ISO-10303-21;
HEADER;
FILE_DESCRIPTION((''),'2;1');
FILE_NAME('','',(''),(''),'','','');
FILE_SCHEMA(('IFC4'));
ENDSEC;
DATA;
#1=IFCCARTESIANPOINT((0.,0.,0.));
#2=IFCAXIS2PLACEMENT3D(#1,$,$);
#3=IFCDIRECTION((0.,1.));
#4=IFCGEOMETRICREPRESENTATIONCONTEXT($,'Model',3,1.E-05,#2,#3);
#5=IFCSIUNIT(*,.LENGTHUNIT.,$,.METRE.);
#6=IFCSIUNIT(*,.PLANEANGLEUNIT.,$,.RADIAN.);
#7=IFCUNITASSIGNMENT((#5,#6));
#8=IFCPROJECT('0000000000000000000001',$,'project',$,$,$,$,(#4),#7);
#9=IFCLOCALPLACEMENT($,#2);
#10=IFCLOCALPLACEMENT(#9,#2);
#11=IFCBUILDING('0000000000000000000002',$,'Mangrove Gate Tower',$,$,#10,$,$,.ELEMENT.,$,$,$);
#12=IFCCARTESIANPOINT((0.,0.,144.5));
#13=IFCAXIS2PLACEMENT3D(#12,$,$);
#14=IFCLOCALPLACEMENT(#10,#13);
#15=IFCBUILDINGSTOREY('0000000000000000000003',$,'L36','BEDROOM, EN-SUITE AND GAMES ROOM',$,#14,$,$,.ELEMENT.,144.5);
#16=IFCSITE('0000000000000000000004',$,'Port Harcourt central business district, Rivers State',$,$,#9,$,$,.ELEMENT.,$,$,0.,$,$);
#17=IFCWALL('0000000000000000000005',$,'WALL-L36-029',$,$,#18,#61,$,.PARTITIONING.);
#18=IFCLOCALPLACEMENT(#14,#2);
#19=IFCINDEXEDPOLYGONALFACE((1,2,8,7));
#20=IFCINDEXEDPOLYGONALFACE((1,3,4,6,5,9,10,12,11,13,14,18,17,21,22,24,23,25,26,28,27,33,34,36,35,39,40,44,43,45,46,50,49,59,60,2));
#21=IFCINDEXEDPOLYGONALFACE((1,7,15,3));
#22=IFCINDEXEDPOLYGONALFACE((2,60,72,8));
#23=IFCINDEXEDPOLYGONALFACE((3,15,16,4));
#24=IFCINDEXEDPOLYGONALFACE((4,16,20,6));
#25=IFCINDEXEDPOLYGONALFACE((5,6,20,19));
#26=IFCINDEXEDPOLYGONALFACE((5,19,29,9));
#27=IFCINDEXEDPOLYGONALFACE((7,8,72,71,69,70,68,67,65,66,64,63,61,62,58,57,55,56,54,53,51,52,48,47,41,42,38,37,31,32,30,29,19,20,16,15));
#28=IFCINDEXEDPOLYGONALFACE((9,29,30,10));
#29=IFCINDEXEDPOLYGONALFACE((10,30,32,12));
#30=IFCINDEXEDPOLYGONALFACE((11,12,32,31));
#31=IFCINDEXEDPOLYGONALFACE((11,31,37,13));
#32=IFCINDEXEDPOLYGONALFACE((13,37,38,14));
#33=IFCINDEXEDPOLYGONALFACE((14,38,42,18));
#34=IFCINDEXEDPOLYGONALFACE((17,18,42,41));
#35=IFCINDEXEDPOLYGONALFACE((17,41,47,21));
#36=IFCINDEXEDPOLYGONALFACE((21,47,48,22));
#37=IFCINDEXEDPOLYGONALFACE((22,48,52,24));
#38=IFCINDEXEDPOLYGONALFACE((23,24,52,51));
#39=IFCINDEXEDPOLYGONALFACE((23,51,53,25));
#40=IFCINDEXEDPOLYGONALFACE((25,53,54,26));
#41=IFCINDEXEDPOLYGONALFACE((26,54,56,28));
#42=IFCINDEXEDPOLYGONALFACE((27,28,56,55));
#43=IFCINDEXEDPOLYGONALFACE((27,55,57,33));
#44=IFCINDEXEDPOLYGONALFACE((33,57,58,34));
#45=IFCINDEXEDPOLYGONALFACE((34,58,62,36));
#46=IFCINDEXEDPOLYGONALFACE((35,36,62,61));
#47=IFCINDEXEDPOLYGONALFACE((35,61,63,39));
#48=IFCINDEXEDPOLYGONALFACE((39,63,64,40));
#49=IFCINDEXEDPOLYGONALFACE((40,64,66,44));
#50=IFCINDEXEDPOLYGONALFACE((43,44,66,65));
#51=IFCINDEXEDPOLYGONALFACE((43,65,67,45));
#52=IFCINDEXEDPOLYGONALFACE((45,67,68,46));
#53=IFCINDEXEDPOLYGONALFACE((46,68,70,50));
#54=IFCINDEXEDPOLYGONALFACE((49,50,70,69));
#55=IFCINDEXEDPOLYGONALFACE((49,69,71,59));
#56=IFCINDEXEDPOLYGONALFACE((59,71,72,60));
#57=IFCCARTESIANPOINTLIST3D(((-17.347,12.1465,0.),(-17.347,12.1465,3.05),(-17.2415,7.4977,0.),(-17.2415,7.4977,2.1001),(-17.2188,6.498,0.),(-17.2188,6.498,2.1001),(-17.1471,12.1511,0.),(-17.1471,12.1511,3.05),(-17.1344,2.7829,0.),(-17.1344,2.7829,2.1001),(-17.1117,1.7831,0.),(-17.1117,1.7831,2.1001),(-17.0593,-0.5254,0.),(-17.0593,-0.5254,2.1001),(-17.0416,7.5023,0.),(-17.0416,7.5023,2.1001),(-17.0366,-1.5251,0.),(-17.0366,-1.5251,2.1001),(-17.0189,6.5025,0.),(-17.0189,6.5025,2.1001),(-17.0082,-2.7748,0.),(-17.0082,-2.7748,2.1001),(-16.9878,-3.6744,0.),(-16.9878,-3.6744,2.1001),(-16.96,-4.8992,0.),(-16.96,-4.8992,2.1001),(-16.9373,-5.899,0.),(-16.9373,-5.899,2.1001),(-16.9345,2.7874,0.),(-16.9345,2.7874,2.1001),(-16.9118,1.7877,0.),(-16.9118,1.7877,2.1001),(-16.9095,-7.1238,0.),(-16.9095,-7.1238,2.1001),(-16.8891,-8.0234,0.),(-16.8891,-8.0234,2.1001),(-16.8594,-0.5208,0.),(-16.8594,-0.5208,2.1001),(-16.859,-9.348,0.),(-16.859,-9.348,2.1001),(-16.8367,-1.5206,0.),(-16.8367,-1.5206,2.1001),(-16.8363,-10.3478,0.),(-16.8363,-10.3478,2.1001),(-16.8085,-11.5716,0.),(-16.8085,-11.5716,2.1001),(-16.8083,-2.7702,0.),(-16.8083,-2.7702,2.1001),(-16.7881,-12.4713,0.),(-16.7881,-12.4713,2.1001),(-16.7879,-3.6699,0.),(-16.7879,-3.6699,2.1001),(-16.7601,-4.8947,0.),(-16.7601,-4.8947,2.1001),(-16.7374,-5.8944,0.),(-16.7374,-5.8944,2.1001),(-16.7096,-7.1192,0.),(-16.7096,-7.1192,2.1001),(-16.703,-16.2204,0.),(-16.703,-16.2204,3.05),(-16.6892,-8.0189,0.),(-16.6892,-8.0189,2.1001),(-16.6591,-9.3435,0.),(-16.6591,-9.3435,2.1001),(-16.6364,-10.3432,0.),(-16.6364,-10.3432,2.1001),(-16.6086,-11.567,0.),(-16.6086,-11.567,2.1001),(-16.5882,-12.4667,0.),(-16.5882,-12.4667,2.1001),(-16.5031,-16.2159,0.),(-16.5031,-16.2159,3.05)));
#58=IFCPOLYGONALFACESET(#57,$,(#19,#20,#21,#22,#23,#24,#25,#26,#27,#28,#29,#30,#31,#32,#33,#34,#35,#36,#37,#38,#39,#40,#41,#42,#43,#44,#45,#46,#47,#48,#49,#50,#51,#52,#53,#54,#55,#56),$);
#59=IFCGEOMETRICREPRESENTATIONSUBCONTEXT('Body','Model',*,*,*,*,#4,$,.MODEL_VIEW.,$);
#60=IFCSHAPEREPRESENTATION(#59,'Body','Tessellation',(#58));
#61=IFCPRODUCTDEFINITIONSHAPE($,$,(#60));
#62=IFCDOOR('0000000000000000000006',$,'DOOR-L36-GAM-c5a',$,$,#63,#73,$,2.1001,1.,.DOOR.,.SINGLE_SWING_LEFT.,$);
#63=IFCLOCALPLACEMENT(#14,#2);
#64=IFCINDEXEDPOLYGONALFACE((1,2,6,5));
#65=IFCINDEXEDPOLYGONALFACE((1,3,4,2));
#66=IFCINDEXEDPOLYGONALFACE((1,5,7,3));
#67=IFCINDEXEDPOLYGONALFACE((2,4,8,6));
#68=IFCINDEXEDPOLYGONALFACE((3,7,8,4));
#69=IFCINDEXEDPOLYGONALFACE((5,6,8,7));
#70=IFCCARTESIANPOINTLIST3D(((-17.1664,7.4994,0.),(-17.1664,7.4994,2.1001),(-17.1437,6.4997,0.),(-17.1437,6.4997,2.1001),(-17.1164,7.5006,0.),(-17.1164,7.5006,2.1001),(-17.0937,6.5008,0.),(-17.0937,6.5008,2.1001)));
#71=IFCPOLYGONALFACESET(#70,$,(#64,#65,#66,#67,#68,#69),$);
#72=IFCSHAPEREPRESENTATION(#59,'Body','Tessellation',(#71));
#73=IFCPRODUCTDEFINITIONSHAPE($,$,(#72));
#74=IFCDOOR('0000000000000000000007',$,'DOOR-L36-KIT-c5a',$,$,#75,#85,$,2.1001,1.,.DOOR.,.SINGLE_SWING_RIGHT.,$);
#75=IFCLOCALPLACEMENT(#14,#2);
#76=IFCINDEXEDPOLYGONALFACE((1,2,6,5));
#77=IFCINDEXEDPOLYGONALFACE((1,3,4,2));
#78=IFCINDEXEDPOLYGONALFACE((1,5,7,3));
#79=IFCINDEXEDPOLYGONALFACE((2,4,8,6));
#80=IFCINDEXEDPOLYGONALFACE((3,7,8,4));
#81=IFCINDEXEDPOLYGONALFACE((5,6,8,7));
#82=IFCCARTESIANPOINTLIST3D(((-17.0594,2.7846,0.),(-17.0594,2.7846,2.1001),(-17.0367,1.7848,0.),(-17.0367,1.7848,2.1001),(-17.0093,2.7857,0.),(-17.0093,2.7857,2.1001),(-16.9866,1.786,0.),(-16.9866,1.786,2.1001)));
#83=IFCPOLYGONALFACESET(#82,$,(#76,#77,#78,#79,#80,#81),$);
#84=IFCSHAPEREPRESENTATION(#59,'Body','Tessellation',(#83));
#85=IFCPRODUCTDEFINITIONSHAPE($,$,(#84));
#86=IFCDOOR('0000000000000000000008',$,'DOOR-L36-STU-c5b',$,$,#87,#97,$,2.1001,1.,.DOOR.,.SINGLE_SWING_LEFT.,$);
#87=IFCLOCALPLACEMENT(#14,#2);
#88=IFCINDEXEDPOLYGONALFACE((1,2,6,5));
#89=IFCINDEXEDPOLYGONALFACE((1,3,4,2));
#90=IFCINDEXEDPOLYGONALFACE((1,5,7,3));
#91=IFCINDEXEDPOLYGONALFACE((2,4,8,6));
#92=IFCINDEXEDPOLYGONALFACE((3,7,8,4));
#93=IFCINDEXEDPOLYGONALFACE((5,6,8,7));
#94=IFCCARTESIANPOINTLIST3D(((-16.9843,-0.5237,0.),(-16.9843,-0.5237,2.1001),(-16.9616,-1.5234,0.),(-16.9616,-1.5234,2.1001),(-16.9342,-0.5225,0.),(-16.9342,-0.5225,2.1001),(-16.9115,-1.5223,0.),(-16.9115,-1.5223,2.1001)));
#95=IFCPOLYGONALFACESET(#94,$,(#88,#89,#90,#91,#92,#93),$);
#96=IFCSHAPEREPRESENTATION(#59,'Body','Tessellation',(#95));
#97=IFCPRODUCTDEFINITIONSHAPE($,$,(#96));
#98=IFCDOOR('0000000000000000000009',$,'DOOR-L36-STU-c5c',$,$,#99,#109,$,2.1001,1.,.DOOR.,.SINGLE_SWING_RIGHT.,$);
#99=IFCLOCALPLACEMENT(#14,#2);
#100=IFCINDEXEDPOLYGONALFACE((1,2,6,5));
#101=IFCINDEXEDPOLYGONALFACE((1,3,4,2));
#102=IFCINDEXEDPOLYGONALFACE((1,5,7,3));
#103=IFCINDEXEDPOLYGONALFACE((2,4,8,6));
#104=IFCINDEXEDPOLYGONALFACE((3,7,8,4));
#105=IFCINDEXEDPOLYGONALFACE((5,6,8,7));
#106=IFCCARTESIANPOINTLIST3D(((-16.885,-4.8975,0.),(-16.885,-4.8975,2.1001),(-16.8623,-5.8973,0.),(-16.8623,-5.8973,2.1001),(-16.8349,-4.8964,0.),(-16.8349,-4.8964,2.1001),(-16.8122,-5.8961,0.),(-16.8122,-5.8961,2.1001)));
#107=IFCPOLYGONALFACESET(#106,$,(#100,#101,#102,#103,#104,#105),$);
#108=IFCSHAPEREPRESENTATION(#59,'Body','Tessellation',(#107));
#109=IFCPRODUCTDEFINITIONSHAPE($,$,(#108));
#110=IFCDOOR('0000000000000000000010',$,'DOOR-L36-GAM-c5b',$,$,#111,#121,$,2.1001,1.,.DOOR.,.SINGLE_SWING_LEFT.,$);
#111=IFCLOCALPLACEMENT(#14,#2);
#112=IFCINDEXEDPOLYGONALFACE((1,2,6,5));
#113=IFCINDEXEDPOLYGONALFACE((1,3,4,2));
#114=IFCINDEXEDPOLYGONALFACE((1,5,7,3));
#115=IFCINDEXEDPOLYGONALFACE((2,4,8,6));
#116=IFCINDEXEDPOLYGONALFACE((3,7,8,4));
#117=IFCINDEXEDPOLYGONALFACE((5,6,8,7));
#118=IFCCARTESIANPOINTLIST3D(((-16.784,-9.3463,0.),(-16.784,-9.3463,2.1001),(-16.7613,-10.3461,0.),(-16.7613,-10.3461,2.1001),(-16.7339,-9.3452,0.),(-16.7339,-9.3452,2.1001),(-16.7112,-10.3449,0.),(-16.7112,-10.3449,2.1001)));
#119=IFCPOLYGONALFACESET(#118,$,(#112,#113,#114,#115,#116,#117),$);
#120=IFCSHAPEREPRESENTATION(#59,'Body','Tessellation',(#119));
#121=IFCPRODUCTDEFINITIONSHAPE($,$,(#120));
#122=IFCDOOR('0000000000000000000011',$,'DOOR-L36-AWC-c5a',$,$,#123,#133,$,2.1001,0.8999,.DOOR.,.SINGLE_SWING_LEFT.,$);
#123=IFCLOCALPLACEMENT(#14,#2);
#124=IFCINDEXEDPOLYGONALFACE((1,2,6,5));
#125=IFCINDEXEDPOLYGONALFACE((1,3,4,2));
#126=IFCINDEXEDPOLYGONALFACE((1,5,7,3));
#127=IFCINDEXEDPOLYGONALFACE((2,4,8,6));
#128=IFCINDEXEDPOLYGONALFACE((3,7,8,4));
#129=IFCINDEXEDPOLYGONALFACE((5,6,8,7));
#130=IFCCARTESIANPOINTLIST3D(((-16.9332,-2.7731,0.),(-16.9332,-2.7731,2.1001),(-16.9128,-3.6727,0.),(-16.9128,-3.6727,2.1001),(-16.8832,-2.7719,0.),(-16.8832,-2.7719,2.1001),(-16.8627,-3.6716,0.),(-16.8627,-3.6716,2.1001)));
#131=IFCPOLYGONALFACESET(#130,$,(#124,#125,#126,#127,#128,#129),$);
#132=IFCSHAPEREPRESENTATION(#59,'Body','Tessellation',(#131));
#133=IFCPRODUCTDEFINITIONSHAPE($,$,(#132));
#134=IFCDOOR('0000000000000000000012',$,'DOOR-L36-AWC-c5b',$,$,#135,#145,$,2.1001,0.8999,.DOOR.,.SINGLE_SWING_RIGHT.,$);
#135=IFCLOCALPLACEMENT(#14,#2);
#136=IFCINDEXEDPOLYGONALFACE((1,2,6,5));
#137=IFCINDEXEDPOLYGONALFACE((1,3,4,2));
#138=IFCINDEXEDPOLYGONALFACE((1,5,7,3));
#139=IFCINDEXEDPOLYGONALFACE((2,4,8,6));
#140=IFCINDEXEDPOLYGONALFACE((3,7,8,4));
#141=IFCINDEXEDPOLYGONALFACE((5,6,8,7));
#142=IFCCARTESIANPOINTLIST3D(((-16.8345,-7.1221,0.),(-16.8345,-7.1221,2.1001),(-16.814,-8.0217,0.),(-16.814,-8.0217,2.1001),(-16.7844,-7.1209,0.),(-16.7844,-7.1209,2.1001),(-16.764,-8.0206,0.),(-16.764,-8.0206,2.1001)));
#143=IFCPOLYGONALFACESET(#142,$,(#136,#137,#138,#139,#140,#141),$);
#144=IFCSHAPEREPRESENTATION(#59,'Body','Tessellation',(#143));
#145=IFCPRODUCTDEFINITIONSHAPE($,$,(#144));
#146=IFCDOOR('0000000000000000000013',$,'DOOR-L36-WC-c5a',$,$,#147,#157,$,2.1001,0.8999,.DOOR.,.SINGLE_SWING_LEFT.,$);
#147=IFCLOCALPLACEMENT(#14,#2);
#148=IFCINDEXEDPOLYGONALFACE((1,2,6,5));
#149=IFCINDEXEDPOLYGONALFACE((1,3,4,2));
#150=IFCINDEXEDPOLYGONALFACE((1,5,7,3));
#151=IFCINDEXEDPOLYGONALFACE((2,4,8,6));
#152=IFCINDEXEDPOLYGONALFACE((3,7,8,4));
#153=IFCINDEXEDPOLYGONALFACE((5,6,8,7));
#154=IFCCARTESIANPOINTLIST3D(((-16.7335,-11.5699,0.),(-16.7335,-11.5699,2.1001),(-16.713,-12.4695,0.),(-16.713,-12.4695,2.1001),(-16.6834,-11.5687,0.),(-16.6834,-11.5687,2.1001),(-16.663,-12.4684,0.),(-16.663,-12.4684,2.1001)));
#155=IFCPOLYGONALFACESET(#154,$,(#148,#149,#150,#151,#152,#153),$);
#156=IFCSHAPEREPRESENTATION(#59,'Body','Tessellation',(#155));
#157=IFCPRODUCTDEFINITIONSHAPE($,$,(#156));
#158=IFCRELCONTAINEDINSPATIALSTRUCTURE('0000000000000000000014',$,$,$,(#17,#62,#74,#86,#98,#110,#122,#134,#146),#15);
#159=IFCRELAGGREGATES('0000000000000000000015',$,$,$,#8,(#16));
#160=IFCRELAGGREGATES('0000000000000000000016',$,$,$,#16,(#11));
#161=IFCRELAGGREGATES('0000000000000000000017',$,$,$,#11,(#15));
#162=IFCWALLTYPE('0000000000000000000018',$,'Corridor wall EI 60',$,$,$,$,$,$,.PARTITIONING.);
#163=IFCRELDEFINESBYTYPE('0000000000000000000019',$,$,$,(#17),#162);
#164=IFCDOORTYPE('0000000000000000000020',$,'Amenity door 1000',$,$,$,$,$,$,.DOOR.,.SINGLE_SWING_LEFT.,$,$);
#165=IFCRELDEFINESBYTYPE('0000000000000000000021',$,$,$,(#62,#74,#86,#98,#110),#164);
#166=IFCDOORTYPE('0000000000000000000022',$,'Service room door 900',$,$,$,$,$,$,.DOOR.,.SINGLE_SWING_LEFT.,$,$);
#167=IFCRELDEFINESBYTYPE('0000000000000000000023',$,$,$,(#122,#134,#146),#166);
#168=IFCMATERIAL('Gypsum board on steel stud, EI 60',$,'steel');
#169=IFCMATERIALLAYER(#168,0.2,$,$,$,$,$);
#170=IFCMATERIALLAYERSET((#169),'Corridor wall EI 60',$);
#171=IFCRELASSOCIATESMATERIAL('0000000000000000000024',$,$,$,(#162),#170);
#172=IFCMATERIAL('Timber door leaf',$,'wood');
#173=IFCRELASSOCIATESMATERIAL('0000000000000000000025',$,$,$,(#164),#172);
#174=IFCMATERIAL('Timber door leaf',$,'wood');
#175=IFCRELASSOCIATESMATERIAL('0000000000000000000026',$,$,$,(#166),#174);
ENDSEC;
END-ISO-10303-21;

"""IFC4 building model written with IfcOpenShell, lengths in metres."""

from ifc_helpers import new_model, si_unit, direction, frame, frame_2d, origin, place, context, subcontext, project, spatial, rectangle, extrude, material, layer, layer_set, type_object, element, fill, save


model = new_model("IFC4")

# Units and contexts
model_context = context("Model", 3, precision=1e-05, world=origin(), true_north=direction((0.0, 1.0)))
body_context = subcontext(model_context, "Body", "Model", "MODEL_VIEW")
ifc_project = project(units=[si_unit("LENGTHUNIT", "METRE"), si_unit("PLANEANGLEUNIT", "RADIAN")], contexts=[model_context])

# Site, building, storey
site_placement = place(None, origin())
site = spatial("IfcSite", under=ifc_project, at=site_placement, Name="Port Harcourt central business district, Rivers State", CompositionType="ELEMENT", RefElevation=0.0)
building_placement = place(site_placement, origin())
building = spatial("IfcBuilding", under=site, at=building_placement, Name="Mangrove Gate Tower", CompositionType="ELEMENT")
storey_placement = place(building_placement, frame((0.0, 0.0, 144.5)))
storey = spatial("IfcBuildingStorey", under=building, at=storey_placement, Name="L36", Description="BEDROOM, EN-SUITE AND GAMES ROOM", CompositionType="ELEMENT", Elevation=144.5)

# Wall, openings, doors
ifc_material_1 = material(Name="Gypsum board on steel stud, EI 60", Category="steel")
ifc_layer_1 = layer(ifc_material_1, 0.2)
ifc_layer_set_1 = layer_set([ifc_layer_1], Name="Corridor wall EI 60")
wall_type_1 = type_object("IfcWallType", Name="Corridor wall EI 60", PredefinedType="PARTITIONING", material=ifc_layer_set_1)
wall_1_placement = place(storey_placement, frame((-16.603, -16.218, 0.0), z_axis=(0.0, 0.0, 1.0), x_axis=(-0.022698, 0.999742, 0.0)))
wall_1 = element("IfcWall", 1, at=wall_1_placement, inside=storey, type_object=wall_type_1, Name="WALL-L36-029", PredefinedType="PARTITIONING", context=body_context, shape_type="SweptSolid", body=[
    extrude(rectangle(XDim=28.3743, YDim=0.2, at=frame_2d((14.187, 0.0))), origin(), (0.0, 0.0, 1.0), 3.05),
])
opening_1_placement = place(wall_1_placement, frame((22.7241, 0.0, 0.0)))
opening_1 = element("IfcOpeningElement", 2, at=opening_1_placement, cuts=wall_1, PredefinedType="OPENING", context=body_context, shape_type="SweptSolid", body=[
    extrude(rectangle(XDim=1.0, YDim=2.1001, at=frame_2d((0.5, 1.05))), frame((0.0, 0.1099, 0.0), z_axis=(0.0, -1.0, 0.0), x_axis=(1.0, 0.0, 0.0)), (0.0, 0.0, 1.0), 0.22),
])
opening_2_placement = place(wall_1_placement, frame((18.0081, 0.0, 0.0)))
opening_2 = element("IfcOpeningElement", 3, at=opening_2_placement, cuts=wall_1, PredefinedType="OPENING", context=body_context, shape_type="SweptSolid", body=[
    extrude(rectangle(XDim=1.0, YDim=2.1001, at=frame_2d((0.5, 1.05))), frame((0.0, 0.1099, 0.0), z_axis=(0.0, -1.0, 0.0), x_axis=(1.0, 0.0, 0.0)), (0.0, 0.0, 1.0), 0.22),
])
opening_3_placement = place(wall_1_placement, frame((14.699, 0.0, 0.0)))
opening_3 = element("IfcOpeningElement", 4, at=opening_3_placement, cuts=wall_1, PredefinedType="OPENING", context=body_context, shape_type="SweptSolid", body=[
    extrude(rectangle(XDim=1.0, YDim=2.1001, at=frame_2d((0.5, 1.05))), frame((0.0, 0.1099, 0.0), z_axis=(0.0, -1.0, 0.0), x_axis=(1.0, 0.0, 0.0)), (0.0, 0.0, 1.0), 0.22),
])
opening_4_placement = place(wall_1_placement, frame((12.5491, 0.0, 0.0)))
opening_4 = element("IfcOpeningElement", 5, at=opening_4_placement, cuts=wall_1, PredefinedType="OPENING", context=body_context, shape_type="SweptSolid", body=[
    extrude(rectangle(XDim=0.8999, YDim=2.1001, at=frame_2d((0.45, 1.05))), frame((0.0, 0.1099, 0.0), z_axis=(0.0, -1.0, 0.0), x_axis=(1.0, 0.0, 0.0)), (0.0, 0.0, 1.0), 0.22),
])
opening_5_placement = place(wall_1_placement, frame((10.324, 0.0, 0.0)))
opening_5 = element("IfcOpeningElement", 6, at=opening_5_placement, cuts=wall_1, PredefinedType="OPENING", context=body_context, shape_type="SweptSolid", body=[
    extrude(rectangle(XDim=1.0, YDim=2.1001, at=frame_2d((0.5, 1.05))), frame((0.0, 0.1099, 0.0), z_axis=(0.0, -1.0, 0.0), x_axis=(1.0, 0.0, 0.0)), (0.0, 0.0, 1.0), 0.22),
])
opening_6_placement = place(wall_1_placement, frame((8.199, 0.0, 0.0)))
opening_6 = element("IfcOpeningElement", 7, at=opening_6_placement, cuts=wall_1, PredefinedType="OPENING", context=body_context, shape_type="SweptSolid", body=[
    extrude(rectangle(XDim=0.8999, YDim=2.1001, at=frame_2d((0.45, 1.05))), frame((0.0, 0.1099, 0.0), z_axis=(0.0, -1.0, 0.0), x_axis=(1.0, 0.0, 0.0)), (0.0, 0.0, 1.0), 0.22),
])
opening_7_placement = place(wall_1_placement, frame((5.874, 0.0, 0.0)))
opening_7 = element("IfcOpeningElement", 8, at=opening_7_placement, cuts=wall_1, PredefinedType="OPENING", context=body_context, shape_type="SweptSolid", body=[
    extrude(rectangle(XDim=1.0, YDim=2.1001, at=frame_2d((0.5, 1.05))), frame((0.0, 0.1099, 0.0), z_axis=(0.0, -1.0, 0.0), x_axis=(1.0, 0.0, 0.0)), (0.0, 0.0, 1.0), 0.22),
])
opening_8_placement = place(wall_1_placement, frame((3.75, 0.0, 0.0)))
opening_8 = element("IfcOpeningElement", 9, at=opening_8_placement, cuts=wall_1, PredefinedType="OPENING", context=body_context, shape_type="SweptSolid", body=[
    extrude(rectangle(XDim=0.8999, YDim=2.1001, at=frame_2d((0.45, 1.05))), frame((0.0, 0.1099, 0.0), z_axis=(0.0, -1.0, 0.0), x_axis=(1.0, 0.0, 0.0)), (0.0, 0.0, 1.0), 0.22),
])
ifc_material_2 = material(Name="Timber door leaf", Category="wood")
door_type_1 = type_object("IfcDoorType", Name="Amenity door 1000", OperationType="SINGLE_SWING_LEFT", PredefinedType="DOOR", material=ifc_material_2)
door_1_placement = place(opening_1_placement, origin())
door_1 = element("IfcDoor", 10, at=door_1_placement, inside=storey, type_object=door_type_1, Name="DOOR-L36-GAM-c5a", OperationType="SINGLE_SWING_LEFT", OverallHeight=2.1001, OverallWidth=1.0, PredefinedType="DOOR", context=body_context, shape_type="SweptSolid", body=[
    extrude(rectangle(XDim=1.0, YDim=2.1001, at=frame_2d((0.5, 1.05))), frame((0.0, 0.0249, 0.0), z_axis=(0.0, -1.0, 0.0), x_axis=(1.0, 0.0, 0.0)), (0.0, 0.0, 1.0), 0.05),
])
fill(opening_1, door_1)
door_2_placement = place(opening_2_placement, origin())
door_2 = element("IfcDoor", 11, at=door_2_placement, inside=storey, type_object=door_type_1, Name="DOOR-L36-KIT-c5a", OperationType="SINGLE_SWING_RIGHT", OverallHeight=2.1001, OverallWidth=1.0, PredefinedType="DOOR", context=body_context, shape_type="SweptSolid", body=[
    extrude(rectangle(XDim=1.0, YDim=2.1001, at=frame_2d((0.5, 1.05))), frame((0.0, 0.0249, 0.0), z_axis=(0.0, -1.0, 0.0), x_axis=(1.0, 0.0, 0.0)), (0.0, 0.0, 1.0), 0.05),
])
fill(opening_2, door_2)
door_3_placement = place(opening_3_placement, origin())
door_3 = element("IfcDoor", 12, at=door_3_placement, inside=storey, type_object=door_type_1, Name="DOOR-L36-STU-c5b", OperationType="SINGLE_SWING_LEFT", OverallHeight=2.1001, OverallWidth=1.0, PredefinedType="DOOR", context=body_context, shape_type="SweptSolid", body=[
    extrude(rectangle(XDim=1.0, YDim=2.1001, at=frame_2d((0.5, 1.05))), frame((0.0, 0.0249, 0.0), z_axis=(0.0, -1.0, 0.0), x_axis=(1.0, 0.0, 0.0)), (0.0, 0.0, 1.0), 0.05),
])
fill(opening_3, door_3)
door_4_placement = place(opening_5_placement, origin())
door_4 = element("IfcDoor", 13, at=door_4_placement, inside=storey, type_object=door_type_1, Name="DOOR-L36-STU-c5c", OperationType="SINGLE_SWING_RIGHT", OverallHeight=2.1001, OverallWidth=1.0, PredefinedType="DOOR", context=body_context, shape_type="SweptSolid", body=[
    extrude(rectangle(XDim=1.0, YDim=2.1001, at=frame_2d((0.5, 1.05))), frame((0.0, 0.0249, 0.0), z_axis=(0.0, -1.0, 0.0), x_axis=(1.0, 0.0, 0.0)), (0.0, 0.0, 1.0), 0.05),
])
fill(opening_5, door_4)
door_5_placement = place(opening_7_placement, origin())
door_5 = element("IfcDoor", 14, at=door_5_placement, inside=storey, type_object=door_type_1, Name="DOOR-L36-GAM-c5b", OperationType="SINGLE_SWING_LEFT", OverallHeight=2.1001, OverallWidth=1.0, PredefinedType="DOOR", context=body_context, shape_type="SweptSolid", body=[
    extrude(rectangle(XDim=1.0, YDim=2.1001, at=frame_2d((0.5, 1.05))), frame((0.0, 0.0249, 0.0), z_axis=(0.0, -1.0, 0.0), x_axis=(1.0, 0.0, 0.0)), (0.0, 0.0, 1.0), 0.05),
])
fill(opening_7, door_5)
ifc_material_3 = material(Name="Timber door leaf", Category="wood")
door_type_2 = type_object("IfcDoorType", Name="Service room door 900", OperationType="SINGLE_SWING_LEFT", PredefinedType="DOOR", material=ifc_material_3)
door_6_placement = place(opening_4_placement, origin())
door_6 = element("IfcDoor", 15, at=door_6_placement, inside=storey, type_object=door_type_2, Name="DOOR-L36-AWC-c5a", OperationType="SINGLE_SWING_LEFT", OverallHeight=2.1001, OverallWidth=0.8999, PredefinedType="DOOR", context=body_context, shape_type="SweptSolid", body=[
    extrude(rectangle(XDim=0.8999, YDim=2.1001, at=frame_2d((0.45, 1.05))), frame((0.0, 0.0249, 0.0), z_axis=(0.0, -1.0, 0.0), x_axis=(1.0, 0.0, 0.0)), (0.0, 0.0, 1.0), 0.05),
])
fill(opening_4, door_6)
door_7_placement = place(opening_6_placement, origin())
door_7 = element("IfcDoor", 16, at=door_7_placement, inside=storey, type_object=door_type_2, Name="DOOR-L36-AWC-c5b", OperationType="SINGLE_SWING_RIGHT", OverallHeight=2.1001, OverallWidth=0.8999, PredefinedType="DOOR", context=body_context, shape_type="SweptSolid", body=[
    extrude(rectangle(XDim=0.8999, YDim=2.1001, at=frame_2d((0.45, 1.05))), frame((0.0, 0.0249, 0.0), z_axis=(0.0, -1.0, 0.0), x_axis=(1.0, 0.0, 0.0)), (0.0, 0.0, 1.0), 0.05),
])
fill(opening_6, door_7)
door_8_placement = place(opening_8_placement, origin())
door_8 = element("IfcDoor", 17, at=door_8_placement, inside=storey, type_object=door_type_2, Name="DOOR-L36-WC-c5a", OperationType="SINGLE_SWING_LEFT", OverallHeight=2.1001, OverallWidth=0.8999, PredefinedType="DOOR", context=body_context, shape_type="SweptSolid", body=[
    extrude(rectangle(XDim=0.8999, YDim=2.1001, at=frame_2d((0.45, 1.05))), frame((0.0, 0.0249, 0.0), z_axis=(0.0, -1.0, 0.0), x_axis=(1.0, 0.0, 0.0)), (0.0, 0.0, 1.0), 0.05),
])
fill(opening_8, door_8)

save(model, "model.ifc")
